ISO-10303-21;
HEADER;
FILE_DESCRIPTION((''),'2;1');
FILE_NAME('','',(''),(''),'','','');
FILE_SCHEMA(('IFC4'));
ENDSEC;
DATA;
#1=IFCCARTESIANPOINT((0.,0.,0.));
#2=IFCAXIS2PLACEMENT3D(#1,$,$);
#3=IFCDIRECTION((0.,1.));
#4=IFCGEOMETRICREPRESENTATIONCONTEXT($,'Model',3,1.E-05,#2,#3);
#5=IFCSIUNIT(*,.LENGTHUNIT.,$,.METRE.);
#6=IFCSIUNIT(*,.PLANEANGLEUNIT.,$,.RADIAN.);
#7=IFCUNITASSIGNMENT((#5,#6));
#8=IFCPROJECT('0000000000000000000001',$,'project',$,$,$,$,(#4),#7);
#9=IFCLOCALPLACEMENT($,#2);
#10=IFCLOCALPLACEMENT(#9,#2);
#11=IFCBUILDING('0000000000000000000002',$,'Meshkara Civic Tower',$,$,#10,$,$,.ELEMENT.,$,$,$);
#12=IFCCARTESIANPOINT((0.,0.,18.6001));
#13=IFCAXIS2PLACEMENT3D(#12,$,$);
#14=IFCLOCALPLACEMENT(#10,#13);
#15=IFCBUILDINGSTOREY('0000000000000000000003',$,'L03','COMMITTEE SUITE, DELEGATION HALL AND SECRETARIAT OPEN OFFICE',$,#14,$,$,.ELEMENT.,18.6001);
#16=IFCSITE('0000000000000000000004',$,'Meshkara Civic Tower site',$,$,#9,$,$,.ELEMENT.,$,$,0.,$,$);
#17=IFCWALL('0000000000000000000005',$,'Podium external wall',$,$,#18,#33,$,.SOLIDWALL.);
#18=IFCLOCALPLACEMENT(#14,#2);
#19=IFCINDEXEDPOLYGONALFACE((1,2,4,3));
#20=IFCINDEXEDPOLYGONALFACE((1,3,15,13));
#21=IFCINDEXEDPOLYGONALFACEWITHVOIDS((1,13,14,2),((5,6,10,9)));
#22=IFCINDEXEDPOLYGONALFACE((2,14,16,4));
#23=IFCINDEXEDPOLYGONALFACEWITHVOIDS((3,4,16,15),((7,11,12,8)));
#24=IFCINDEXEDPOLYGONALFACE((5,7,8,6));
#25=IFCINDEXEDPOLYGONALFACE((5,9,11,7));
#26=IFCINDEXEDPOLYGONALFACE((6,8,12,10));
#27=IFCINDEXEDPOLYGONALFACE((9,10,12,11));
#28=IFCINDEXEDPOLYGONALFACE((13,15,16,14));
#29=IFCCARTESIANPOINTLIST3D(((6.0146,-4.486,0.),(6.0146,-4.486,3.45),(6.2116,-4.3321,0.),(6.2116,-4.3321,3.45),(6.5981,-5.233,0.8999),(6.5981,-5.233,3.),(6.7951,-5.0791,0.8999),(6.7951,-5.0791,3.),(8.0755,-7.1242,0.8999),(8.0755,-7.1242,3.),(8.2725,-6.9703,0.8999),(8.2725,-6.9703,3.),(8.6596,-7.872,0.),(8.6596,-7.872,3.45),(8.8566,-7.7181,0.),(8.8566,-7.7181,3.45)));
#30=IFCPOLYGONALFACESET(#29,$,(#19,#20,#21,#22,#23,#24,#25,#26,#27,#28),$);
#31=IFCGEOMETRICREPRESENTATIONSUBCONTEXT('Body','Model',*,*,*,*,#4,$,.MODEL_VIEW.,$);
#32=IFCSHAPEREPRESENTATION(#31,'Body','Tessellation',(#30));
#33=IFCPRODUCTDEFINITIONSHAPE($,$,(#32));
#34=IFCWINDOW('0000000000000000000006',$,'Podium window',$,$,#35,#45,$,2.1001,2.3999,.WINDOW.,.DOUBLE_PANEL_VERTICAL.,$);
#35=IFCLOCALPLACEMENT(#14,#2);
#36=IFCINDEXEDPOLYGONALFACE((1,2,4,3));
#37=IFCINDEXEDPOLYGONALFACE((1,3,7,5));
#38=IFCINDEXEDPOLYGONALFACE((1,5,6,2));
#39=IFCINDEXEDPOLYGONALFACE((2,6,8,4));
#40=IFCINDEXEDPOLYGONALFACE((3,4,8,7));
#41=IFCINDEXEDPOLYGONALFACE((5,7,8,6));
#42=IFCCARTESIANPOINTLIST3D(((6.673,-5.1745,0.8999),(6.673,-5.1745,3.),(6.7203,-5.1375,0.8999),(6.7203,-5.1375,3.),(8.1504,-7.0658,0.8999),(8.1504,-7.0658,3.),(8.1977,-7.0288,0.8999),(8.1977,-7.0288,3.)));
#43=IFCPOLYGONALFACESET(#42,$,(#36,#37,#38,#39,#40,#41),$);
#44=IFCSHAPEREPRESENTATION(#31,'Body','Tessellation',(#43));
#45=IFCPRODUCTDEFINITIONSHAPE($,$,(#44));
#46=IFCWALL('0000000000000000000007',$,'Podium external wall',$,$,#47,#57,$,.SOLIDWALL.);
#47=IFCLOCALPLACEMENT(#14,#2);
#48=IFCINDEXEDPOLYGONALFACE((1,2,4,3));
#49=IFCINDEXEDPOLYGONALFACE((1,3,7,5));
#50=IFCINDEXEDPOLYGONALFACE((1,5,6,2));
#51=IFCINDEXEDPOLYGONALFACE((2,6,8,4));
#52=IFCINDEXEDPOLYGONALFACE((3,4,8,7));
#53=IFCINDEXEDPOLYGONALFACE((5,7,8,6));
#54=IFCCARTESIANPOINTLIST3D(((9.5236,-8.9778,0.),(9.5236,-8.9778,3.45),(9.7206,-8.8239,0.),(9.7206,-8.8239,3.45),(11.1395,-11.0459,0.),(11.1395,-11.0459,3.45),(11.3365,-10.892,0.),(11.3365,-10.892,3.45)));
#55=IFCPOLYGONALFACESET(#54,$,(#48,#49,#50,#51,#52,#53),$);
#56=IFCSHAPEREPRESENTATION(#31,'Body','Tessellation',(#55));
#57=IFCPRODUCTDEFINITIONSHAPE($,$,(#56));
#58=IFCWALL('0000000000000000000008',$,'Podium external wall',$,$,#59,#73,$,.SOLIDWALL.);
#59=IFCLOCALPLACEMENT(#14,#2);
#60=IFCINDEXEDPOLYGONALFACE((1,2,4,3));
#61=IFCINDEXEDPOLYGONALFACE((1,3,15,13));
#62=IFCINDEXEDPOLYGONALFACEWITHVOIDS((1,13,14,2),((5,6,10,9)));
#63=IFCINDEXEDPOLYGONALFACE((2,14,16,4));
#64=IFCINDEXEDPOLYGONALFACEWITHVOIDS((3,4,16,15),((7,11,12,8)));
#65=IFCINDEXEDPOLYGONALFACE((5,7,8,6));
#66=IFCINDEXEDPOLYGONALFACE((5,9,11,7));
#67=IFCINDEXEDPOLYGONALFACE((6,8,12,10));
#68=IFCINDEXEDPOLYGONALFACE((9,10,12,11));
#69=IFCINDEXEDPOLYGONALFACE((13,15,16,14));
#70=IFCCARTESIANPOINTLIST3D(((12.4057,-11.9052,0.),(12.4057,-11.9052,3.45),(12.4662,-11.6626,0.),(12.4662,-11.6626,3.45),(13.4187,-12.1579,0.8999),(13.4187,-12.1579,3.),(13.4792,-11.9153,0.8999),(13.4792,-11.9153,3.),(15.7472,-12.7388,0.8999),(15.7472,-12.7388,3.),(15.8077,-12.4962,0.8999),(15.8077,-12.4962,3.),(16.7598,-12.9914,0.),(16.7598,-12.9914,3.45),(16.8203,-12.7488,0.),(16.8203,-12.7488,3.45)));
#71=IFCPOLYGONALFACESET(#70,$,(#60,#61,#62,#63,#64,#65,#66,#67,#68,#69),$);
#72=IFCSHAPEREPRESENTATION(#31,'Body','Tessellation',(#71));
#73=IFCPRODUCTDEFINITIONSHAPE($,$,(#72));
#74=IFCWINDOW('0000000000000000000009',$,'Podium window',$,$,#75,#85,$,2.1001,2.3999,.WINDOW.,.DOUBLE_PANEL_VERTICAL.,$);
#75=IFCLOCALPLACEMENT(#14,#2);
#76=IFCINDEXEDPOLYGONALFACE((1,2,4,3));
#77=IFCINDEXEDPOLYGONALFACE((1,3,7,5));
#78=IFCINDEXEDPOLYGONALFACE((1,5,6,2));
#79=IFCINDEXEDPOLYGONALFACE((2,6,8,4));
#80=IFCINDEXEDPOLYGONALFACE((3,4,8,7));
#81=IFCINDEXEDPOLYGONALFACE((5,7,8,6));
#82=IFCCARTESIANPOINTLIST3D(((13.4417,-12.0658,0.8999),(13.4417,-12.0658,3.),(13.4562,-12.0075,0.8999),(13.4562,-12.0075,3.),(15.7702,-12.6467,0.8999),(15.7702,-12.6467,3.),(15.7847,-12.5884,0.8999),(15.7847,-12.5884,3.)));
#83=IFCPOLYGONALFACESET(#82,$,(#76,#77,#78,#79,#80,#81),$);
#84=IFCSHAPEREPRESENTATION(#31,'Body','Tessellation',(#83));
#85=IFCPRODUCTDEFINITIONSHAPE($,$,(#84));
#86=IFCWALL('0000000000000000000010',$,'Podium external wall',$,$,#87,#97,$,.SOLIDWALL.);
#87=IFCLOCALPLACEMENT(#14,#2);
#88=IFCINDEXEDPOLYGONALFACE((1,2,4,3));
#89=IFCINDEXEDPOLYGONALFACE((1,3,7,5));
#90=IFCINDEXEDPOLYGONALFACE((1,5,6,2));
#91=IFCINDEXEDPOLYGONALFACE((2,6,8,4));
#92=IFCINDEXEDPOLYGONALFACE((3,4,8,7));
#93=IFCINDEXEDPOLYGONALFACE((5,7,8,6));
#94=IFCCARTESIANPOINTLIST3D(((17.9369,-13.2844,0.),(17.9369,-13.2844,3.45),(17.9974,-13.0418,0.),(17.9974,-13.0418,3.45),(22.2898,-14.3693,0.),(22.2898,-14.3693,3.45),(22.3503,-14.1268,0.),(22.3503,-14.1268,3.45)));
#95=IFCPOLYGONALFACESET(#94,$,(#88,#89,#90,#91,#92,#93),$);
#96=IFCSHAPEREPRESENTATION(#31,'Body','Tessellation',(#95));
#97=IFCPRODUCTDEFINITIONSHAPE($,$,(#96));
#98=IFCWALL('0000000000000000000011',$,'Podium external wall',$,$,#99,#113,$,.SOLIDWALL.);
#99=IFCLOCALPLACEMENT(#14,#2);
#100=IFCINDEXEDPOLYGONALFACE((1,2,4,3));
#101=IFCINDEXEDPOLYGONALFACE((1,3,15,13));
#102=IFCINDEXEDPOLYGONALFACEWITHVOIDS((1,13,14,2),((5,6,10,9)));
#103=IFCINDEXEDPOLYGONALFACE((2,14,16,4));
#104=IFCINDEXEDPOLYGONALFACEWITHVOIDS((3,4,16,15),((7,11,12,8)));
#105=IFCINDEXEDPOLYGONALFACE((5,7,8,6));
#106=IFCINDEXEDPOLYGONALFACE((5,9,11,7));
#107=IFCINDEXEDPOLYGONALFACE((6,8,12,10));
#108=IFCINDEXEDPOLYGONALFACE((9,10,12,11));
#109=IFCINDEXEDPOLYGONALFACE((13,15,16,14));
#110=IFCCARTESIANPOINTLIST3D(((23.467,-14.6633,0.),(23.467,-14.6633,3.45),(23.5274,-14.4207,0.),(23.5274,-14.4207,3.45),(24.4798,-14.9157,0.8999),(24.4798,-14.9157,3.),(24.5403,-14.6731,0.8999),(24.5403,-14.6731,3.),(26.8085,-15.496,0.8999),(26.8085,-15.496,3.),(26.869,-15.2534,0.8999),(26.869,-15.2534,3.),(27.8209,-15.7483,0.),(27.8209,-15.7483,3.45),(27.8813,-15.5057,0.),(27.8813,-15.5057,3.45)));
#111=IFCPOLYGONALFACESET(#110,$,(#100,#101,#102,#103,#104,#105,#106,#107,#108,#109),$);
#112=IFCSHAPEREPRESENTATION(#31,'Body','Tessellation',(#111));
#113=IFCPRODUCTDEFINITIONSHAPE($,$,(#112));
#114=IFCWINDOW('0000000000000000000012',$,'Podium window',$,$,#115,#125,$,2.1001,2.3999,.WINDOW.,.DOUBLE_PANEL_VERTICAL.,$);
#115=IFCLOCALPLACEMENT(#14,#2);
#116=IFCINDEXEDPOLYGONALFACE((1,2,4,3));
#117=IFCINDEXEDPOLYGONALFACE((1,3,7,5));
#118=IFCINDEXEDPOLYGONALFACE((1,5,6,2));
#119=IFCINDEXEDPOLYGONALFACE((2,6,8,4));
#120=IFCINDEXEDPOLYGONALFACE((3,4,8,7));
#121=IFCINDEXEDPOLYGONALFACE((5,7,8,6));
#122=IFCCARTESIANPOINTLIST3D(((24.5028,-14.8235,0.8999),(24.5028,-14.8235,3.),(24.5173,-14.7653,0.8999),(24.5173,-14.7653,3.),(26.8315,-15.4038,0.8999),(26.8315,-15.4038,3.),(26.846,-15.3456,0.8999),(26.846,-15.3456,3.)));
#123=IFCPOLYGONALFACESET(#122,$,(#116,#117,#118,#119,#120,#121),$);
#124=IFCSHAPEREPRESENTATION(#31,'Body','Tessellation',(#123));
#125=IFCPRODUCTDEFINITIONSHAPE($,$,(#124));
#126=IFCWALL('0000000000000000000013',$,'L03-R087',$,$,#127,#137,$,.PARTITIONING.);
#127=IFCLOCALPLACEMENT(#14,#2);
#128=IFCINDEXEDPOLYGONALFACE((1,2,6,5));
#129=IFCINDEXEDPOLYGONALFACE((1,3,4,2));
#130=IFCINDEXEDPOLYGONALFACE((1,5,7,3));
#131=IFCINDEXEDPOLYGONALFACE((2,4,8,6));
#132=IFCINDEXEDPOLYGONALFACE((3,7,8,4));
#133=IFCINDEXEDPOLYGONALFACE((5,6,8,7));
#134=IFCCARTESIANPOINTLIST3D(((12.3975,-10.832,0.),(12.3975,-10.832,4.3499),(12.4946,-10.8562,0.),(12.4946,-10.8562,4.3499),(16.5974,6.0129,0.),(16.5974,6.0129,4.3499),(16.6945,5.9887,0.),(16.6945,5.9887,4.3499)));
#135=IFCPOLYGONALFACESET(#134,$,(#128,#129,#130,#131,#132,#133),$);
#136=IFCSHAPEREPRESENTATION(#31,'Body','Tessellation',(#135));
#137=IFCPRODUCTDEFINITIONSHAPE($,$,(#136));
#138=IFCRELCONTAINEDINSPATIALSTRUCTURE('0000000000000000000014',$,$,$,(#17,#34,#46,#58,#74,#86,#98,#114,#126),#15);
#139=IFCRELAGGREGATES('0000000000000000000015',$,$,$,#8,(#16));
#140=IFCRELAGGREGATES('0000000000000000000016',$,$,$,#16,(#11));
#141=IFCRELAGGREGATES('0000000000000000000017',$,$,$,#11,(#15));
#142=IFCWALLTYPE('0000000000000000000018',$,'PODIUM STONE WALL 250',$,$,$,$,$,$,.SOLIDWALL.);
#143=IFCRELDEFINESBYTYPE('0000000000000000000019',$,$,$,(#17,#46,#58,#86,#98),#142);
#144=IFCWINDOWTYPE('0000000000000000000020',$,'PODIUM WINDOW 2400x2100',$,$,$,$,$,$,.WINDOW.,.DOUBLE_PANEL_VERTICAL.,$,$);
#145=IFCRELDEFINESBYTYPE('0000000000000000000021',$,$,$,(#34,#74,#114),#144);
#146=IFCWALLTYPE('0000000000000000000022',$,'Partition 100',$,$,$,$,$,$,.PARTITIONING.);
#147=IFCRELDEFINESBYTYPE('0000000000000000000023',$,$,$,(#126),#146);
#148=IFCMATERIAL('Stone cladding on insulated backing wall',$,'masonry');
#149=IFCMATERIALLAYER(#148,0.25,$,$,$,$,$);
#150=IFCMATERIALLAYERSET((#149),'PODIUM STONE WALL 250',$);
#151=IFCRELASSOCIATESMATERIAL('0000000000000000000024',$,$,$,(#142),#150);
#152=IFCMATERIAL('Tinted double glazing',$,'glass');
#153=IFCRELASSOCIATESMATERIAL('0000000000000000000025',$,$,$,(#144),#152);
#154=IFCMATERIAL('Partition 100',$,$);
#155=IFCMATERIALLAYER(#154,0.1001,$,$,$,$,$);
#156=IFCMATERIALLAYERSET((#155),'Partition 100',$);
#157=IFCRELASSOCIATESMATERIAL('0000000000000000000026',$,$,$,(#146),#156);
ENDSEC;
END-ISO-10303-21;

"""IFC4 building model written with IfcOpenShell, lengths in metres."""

from ifc_helpers import new_model, si_unit, direction, frame, frame_2d, origin, place, context, subcontext, project, spatial, rectangle, extrude, material, layer, layer_set, type_object, element, fill, save


model = new_model("IFC4")

# Units and contexts
model_context = context("Model", 3, precision=1e-05, world=origin(), true_north=direction((0.0, 1.0)))
body_context = subcontext(model_context, "Body", "Model", "MODEL_VIEW")
ifc_project = project(units=[si_unit("LENGTHUNIT", "METRE"), si_unit("PLANEANGLEUNIT", "RADIAN")], contexts=[model_context])

# Site, building, storey
site_placement = place(None, origin())
site = spatial("IfcSite", under=ifc_project, at=site_placement, Name="Meshkara Civic Tower site", CompositionType="ELEMENT", RefElevation=0.0)
building_placement = place(site_placement, origin())
building = spatial("IfcBuilding", under=site, at=building_placement, Name="Meshkara Civic Tower", CompositionType="ELEMENT")
storey_placement = place(building_placement, frame((0.0, 0.0, 18.6001)))
storey = spatial("IfcBuildingStorey", under=building, at=storey_placement, Name="L03", Description="COMMITTEE SUITE, DELEGATION HALL AND SECRETARIAT OPEN OFFICE", CompositionType="ELEMENT", Elevation=18.6001)

# Wall, opening, window
ifc_material_1 = material(Name="Stone cladding on insulated backing wall", Category="masonry")
ifc_layer_1 = layer(ifc_material_1, 0.25)
ifc_layer_set_1 = layer_set([ifc_layer_1], Name="PODIUM STONE WALL 250")
wall_type_1 = type_object("IfcWallType", Name="PODIUM STONE WALL 250", PredefinedType="SOLIDWALL", material=ifc_layer_set_1)
wall_1_placement = place(storey_placement, frame((6.113, -4.4089, 0.0), z_axis=(0.0, 0.0, 1.0), x_axis=(0.615603, -0.788056, 0.0)))
wall_1 = element("IfcWall", 1, at=wall_1_placement, inside=storey, type_object=wall_type_1, Name="Podium external wall", PredefinedType="SOLIDWALL", context=body_context, shape_type="SweptSolid", body=[
    extrude(rectangle(XDim=4.2966, YDim=0.25, at=frame_2d((2.1484, 0.0))), origin(), (0.0, 0.0, 1.0), 3.45),
])
opening_1_placement = place(wall_1_placement, frame((0.948, 0.0, 0.8999)))
opening_1 = element("IfcOpeningElement", 2, at=opening_1_placement, cuts=wall_1, PredefinedType="OPENING", context=body_context, shape_type="SweptSolid", body=[
    extrude(rectangle(XDim=2.3999, YDim=2.1001, at=frame_2d((1.2, 1.05))), frame((0.0, 0.135, 0.0), z_axis=(0.0, -1.0, 0.0), x_axis=(1.0, 0.0, 0.0)), (0.0, 0.0, 1.0), 0.27),
])
ifc_material_2 = material(Name="Tinted double glazing", Category="glass")
window_type = type_object("IfcWindowType", Name="PODIUM WINDOW 2400x2100", PartitioningType="DOUBLE_PANEL_VERTICAL", PredefinedType="WINDOW", material=ifc_material_2)
window_1_placement = place(opening_1_placement, origin())
window_1 = element("IfcWindow", 3, at=window_1_placement, inside=storey, type_object=window_type, Name="Podium window", OverallHeight=2.1001, OverallWidth=2.3999, PartitioningType="DOUBLE_PANEL_VERTICAL", PredefinedType="WINDOW", context=body_context, shape_type="SweptSolid", body=[
    extrude(rectangle(XDim=2.3999, YDim=2.1001, at=frame_2d((1.2, 1.05))), frame((0.0, 0.03, 0.0), z_axis=(0.0, -1.0, 0.0), x_axis=(1.0, 0.0, 0.0)), (0.0, 0.0, 1.0), 0.0601),
])
fill(opening_1, window_1)

# Wall
wall_2_placement = place(storey_placement, frame((9.6221, -8.9009, 0.0), z_axis=(0.0, 0.0, 1.0), x_axis=(0.615704, -0.787978, 0.0)))
element("IfcWall", 4, at=wall_2_placement, inside=storey, type_object=wall_type_1, Name="Podium external wall", PredefinedType="SOLIDWALL", context=body_context, shape_type="SweptSolid", body=[
    extrude(rectangle(XDim=2.6245, YDim=0.25, at=frame_2d((1.3123, 0.0))), origin(), (0.0, 0.0, 1.0), 3.45),
])

# Wall, opening, window
wall_3_placement = place(storey_placement, frame((12.436, -11.7839, 0.0), z_axis=(0.0, 0.0, 1.0), x_axis=(0.970264, -0.242049, 0.0)))
wall_3 = element("IfcWall", 5, at=wall_3_placement, inside=storey, type_object=wall_type_1, Name="Podium external wall", PredefinedType="SOLIDWALL", context=body_context, shape_type="SweptSolid", body=[
    extrude(rectangle(XDim=4.4875, YDim=0.25, at=frame_2d((2.2437, 0.0))), origin(), (0.0, 0.0, 1.0), 3.45),
])
opening_2_placement = place(wall_3_placement, frame((1.0439, 0.0, 0.8999)))
opening_2 = element("IfcOpeningElement", 6, at=opening_2_placement, cuts=wall_3, PredefinedType="OPENING", context=body_context, shape_type="SweptSolid", body=[
    extrude(rectangle(XDim=2.3999, YDim=2.1001, at=frame_2d((1.2, 1.05))), frame((0.0, 0.135, 0.0), z_axis=(0.0, -1.0, 0.0), x_axis=(1.0, 0.0, 0.0)), (0.0, 0.0, 1.0), 0.27),
])
window_2_placement = place(opening_2_placement, origin())
window_2 = element("IfcWindow", 7, at=window_2_placement, inside=storey, type_object=window_type, Name="Podium window", OverallHeight=2.1001, OverallWidth=2.3999, PartitioningType="DOUBLE_PANEL_VERTICAL", PredefinedType="WINDOW", context=body_context, shape_type="SweptSolid", body=[
    extrude(rectangle(XDim=2.3999, YDim=2.1001, at=frame_2d((1.2, 1.05))), frame((0.0, 0.03, 0.0), z_axis=(0.0, -1.0, 0.0), x_axis=(1.0, 0.0, 0.0)), (0.0, 0.0, 1.0), 0.0601),
])
fill(opening_2, window_2)

# Wall
wall_4_placement = place(storey_placement, frame((17.967, -13.1631, 0.0), z_axis=(0.0, 0.0, 1.0), x_axis=(0.970315, -0.241844, 0.0)))
element("IfcWall", 8, at=wall_4_placement, inside=storey, type_object=wall_type_1, Name="Podium external wall", PredefinedType="SOLIDWALL", context=body_context, shape_type="SweptSolid", body=[
    extrude(rectangle(XDim=4.4861, YDim=0.25, at=frame_2d((2.2432, 0.0))), origin(), (0.0, 0.0, 1.0), 3.45),
])

# Wall, opening, window
wall_5_placement = place(storey_placement, frame((23.4971, -14.542, 0.0), z_axis=(0.0, 0.0, 1.0), x_axis=(0.970328, -0.241793, 0.0)))
wall_5 = element("IfcWall", 9, at=wall_5_placement, inside=storey, type_object=wall_type_1, Name="Podium external wall", PredefinedType="SOLIDWALL", context=body_context, shape_type="SweptSolid", body=[
    extrude(rectangle(XDim=4.4871, YDim=0.25, at=frame_2d((2.2437, 0.0))), origin(), (0.0, 0.0, 1.0), 3.45),
])
opening_3_placement = place(wall_5_placement, frame((1.0439, 0.0, 0.8999)))
opening_3 = element("IfcOpeningElement", 10, at=opening_3_placement, cuts=wall_5, PredefinedType="OPENING", context=body_context, shape_type="SweptSolid", body=[
    extrude(rectangle(XDim=2.3999, YDim=2.1001, at=frame_2d((1.2, 1.05))), frame((0.0, 0.135, 0.0), z_axis=(0.0, -1.0, 0.0), x_axis=(1.0, 0.0, 0.0)), (0.0, 0.0, 1.0), 0.27),
])
window_3_placement = place(opening_3_placement, origin())
window_3 = element("IfcWindow", 11, at=window_3_placement, inside=storey, type_object=window_type, Name="Podium window", OverallHeight=2.1001, OverallWidth=2.3999, PartitioningType="DOUBLE_PANEL_VERTICAL", PredefinedType="WINDOW", context=body_context, shape_type="SweptSolid", body=[
    extrude(rectangle(XDim=2.3999, YDim=2.1001, at=frame_2d((1.2, 1.05))), frame((0.0, 0.03, 0.0), z_axis=(0.0, -1.0, 0.0), x_axis=(1.0, 0.0, 0.0)), (0.0, 0.0, 1.0), 0.0601),
])
fill(opening_3, window_3)

# Wall
ifc_material_3 = material(Name="Partition 100")
ifc_layer_2 = layer(ifc_material_3, 0.1001)
ifc_layer_set_2 = layer_set([ifc_layer_2], Name="Partition 100")
wall_type_2 = type_object("IfcWallType", Name="Partition 100", PredefinedType="PARTITIONING", material=ifc_layer_set_2)
wall_6_placement = place(storey_placement, frame((12.446, -10.844, 0.0), z_axis=(0.0, 0.0, 1.0), x_axis=(0.241923, 0.970295, 0.0)))
element("IfcWall", 12, at=wall_6_placement, inside=storey, type_object=wall_type_2, Name="L03-R087", PredefinedType="PARTITIONING", context=body_context, shape_type="SweptSolid", body=[
    extrude(rectangle(XDim=17.3606, YDim=0.1001, at=frame_2d((8.6802, 0.0))), origin(), (0.0, 0.0, 1.0), 4.3499),
])

save(model, "model.ifc")
